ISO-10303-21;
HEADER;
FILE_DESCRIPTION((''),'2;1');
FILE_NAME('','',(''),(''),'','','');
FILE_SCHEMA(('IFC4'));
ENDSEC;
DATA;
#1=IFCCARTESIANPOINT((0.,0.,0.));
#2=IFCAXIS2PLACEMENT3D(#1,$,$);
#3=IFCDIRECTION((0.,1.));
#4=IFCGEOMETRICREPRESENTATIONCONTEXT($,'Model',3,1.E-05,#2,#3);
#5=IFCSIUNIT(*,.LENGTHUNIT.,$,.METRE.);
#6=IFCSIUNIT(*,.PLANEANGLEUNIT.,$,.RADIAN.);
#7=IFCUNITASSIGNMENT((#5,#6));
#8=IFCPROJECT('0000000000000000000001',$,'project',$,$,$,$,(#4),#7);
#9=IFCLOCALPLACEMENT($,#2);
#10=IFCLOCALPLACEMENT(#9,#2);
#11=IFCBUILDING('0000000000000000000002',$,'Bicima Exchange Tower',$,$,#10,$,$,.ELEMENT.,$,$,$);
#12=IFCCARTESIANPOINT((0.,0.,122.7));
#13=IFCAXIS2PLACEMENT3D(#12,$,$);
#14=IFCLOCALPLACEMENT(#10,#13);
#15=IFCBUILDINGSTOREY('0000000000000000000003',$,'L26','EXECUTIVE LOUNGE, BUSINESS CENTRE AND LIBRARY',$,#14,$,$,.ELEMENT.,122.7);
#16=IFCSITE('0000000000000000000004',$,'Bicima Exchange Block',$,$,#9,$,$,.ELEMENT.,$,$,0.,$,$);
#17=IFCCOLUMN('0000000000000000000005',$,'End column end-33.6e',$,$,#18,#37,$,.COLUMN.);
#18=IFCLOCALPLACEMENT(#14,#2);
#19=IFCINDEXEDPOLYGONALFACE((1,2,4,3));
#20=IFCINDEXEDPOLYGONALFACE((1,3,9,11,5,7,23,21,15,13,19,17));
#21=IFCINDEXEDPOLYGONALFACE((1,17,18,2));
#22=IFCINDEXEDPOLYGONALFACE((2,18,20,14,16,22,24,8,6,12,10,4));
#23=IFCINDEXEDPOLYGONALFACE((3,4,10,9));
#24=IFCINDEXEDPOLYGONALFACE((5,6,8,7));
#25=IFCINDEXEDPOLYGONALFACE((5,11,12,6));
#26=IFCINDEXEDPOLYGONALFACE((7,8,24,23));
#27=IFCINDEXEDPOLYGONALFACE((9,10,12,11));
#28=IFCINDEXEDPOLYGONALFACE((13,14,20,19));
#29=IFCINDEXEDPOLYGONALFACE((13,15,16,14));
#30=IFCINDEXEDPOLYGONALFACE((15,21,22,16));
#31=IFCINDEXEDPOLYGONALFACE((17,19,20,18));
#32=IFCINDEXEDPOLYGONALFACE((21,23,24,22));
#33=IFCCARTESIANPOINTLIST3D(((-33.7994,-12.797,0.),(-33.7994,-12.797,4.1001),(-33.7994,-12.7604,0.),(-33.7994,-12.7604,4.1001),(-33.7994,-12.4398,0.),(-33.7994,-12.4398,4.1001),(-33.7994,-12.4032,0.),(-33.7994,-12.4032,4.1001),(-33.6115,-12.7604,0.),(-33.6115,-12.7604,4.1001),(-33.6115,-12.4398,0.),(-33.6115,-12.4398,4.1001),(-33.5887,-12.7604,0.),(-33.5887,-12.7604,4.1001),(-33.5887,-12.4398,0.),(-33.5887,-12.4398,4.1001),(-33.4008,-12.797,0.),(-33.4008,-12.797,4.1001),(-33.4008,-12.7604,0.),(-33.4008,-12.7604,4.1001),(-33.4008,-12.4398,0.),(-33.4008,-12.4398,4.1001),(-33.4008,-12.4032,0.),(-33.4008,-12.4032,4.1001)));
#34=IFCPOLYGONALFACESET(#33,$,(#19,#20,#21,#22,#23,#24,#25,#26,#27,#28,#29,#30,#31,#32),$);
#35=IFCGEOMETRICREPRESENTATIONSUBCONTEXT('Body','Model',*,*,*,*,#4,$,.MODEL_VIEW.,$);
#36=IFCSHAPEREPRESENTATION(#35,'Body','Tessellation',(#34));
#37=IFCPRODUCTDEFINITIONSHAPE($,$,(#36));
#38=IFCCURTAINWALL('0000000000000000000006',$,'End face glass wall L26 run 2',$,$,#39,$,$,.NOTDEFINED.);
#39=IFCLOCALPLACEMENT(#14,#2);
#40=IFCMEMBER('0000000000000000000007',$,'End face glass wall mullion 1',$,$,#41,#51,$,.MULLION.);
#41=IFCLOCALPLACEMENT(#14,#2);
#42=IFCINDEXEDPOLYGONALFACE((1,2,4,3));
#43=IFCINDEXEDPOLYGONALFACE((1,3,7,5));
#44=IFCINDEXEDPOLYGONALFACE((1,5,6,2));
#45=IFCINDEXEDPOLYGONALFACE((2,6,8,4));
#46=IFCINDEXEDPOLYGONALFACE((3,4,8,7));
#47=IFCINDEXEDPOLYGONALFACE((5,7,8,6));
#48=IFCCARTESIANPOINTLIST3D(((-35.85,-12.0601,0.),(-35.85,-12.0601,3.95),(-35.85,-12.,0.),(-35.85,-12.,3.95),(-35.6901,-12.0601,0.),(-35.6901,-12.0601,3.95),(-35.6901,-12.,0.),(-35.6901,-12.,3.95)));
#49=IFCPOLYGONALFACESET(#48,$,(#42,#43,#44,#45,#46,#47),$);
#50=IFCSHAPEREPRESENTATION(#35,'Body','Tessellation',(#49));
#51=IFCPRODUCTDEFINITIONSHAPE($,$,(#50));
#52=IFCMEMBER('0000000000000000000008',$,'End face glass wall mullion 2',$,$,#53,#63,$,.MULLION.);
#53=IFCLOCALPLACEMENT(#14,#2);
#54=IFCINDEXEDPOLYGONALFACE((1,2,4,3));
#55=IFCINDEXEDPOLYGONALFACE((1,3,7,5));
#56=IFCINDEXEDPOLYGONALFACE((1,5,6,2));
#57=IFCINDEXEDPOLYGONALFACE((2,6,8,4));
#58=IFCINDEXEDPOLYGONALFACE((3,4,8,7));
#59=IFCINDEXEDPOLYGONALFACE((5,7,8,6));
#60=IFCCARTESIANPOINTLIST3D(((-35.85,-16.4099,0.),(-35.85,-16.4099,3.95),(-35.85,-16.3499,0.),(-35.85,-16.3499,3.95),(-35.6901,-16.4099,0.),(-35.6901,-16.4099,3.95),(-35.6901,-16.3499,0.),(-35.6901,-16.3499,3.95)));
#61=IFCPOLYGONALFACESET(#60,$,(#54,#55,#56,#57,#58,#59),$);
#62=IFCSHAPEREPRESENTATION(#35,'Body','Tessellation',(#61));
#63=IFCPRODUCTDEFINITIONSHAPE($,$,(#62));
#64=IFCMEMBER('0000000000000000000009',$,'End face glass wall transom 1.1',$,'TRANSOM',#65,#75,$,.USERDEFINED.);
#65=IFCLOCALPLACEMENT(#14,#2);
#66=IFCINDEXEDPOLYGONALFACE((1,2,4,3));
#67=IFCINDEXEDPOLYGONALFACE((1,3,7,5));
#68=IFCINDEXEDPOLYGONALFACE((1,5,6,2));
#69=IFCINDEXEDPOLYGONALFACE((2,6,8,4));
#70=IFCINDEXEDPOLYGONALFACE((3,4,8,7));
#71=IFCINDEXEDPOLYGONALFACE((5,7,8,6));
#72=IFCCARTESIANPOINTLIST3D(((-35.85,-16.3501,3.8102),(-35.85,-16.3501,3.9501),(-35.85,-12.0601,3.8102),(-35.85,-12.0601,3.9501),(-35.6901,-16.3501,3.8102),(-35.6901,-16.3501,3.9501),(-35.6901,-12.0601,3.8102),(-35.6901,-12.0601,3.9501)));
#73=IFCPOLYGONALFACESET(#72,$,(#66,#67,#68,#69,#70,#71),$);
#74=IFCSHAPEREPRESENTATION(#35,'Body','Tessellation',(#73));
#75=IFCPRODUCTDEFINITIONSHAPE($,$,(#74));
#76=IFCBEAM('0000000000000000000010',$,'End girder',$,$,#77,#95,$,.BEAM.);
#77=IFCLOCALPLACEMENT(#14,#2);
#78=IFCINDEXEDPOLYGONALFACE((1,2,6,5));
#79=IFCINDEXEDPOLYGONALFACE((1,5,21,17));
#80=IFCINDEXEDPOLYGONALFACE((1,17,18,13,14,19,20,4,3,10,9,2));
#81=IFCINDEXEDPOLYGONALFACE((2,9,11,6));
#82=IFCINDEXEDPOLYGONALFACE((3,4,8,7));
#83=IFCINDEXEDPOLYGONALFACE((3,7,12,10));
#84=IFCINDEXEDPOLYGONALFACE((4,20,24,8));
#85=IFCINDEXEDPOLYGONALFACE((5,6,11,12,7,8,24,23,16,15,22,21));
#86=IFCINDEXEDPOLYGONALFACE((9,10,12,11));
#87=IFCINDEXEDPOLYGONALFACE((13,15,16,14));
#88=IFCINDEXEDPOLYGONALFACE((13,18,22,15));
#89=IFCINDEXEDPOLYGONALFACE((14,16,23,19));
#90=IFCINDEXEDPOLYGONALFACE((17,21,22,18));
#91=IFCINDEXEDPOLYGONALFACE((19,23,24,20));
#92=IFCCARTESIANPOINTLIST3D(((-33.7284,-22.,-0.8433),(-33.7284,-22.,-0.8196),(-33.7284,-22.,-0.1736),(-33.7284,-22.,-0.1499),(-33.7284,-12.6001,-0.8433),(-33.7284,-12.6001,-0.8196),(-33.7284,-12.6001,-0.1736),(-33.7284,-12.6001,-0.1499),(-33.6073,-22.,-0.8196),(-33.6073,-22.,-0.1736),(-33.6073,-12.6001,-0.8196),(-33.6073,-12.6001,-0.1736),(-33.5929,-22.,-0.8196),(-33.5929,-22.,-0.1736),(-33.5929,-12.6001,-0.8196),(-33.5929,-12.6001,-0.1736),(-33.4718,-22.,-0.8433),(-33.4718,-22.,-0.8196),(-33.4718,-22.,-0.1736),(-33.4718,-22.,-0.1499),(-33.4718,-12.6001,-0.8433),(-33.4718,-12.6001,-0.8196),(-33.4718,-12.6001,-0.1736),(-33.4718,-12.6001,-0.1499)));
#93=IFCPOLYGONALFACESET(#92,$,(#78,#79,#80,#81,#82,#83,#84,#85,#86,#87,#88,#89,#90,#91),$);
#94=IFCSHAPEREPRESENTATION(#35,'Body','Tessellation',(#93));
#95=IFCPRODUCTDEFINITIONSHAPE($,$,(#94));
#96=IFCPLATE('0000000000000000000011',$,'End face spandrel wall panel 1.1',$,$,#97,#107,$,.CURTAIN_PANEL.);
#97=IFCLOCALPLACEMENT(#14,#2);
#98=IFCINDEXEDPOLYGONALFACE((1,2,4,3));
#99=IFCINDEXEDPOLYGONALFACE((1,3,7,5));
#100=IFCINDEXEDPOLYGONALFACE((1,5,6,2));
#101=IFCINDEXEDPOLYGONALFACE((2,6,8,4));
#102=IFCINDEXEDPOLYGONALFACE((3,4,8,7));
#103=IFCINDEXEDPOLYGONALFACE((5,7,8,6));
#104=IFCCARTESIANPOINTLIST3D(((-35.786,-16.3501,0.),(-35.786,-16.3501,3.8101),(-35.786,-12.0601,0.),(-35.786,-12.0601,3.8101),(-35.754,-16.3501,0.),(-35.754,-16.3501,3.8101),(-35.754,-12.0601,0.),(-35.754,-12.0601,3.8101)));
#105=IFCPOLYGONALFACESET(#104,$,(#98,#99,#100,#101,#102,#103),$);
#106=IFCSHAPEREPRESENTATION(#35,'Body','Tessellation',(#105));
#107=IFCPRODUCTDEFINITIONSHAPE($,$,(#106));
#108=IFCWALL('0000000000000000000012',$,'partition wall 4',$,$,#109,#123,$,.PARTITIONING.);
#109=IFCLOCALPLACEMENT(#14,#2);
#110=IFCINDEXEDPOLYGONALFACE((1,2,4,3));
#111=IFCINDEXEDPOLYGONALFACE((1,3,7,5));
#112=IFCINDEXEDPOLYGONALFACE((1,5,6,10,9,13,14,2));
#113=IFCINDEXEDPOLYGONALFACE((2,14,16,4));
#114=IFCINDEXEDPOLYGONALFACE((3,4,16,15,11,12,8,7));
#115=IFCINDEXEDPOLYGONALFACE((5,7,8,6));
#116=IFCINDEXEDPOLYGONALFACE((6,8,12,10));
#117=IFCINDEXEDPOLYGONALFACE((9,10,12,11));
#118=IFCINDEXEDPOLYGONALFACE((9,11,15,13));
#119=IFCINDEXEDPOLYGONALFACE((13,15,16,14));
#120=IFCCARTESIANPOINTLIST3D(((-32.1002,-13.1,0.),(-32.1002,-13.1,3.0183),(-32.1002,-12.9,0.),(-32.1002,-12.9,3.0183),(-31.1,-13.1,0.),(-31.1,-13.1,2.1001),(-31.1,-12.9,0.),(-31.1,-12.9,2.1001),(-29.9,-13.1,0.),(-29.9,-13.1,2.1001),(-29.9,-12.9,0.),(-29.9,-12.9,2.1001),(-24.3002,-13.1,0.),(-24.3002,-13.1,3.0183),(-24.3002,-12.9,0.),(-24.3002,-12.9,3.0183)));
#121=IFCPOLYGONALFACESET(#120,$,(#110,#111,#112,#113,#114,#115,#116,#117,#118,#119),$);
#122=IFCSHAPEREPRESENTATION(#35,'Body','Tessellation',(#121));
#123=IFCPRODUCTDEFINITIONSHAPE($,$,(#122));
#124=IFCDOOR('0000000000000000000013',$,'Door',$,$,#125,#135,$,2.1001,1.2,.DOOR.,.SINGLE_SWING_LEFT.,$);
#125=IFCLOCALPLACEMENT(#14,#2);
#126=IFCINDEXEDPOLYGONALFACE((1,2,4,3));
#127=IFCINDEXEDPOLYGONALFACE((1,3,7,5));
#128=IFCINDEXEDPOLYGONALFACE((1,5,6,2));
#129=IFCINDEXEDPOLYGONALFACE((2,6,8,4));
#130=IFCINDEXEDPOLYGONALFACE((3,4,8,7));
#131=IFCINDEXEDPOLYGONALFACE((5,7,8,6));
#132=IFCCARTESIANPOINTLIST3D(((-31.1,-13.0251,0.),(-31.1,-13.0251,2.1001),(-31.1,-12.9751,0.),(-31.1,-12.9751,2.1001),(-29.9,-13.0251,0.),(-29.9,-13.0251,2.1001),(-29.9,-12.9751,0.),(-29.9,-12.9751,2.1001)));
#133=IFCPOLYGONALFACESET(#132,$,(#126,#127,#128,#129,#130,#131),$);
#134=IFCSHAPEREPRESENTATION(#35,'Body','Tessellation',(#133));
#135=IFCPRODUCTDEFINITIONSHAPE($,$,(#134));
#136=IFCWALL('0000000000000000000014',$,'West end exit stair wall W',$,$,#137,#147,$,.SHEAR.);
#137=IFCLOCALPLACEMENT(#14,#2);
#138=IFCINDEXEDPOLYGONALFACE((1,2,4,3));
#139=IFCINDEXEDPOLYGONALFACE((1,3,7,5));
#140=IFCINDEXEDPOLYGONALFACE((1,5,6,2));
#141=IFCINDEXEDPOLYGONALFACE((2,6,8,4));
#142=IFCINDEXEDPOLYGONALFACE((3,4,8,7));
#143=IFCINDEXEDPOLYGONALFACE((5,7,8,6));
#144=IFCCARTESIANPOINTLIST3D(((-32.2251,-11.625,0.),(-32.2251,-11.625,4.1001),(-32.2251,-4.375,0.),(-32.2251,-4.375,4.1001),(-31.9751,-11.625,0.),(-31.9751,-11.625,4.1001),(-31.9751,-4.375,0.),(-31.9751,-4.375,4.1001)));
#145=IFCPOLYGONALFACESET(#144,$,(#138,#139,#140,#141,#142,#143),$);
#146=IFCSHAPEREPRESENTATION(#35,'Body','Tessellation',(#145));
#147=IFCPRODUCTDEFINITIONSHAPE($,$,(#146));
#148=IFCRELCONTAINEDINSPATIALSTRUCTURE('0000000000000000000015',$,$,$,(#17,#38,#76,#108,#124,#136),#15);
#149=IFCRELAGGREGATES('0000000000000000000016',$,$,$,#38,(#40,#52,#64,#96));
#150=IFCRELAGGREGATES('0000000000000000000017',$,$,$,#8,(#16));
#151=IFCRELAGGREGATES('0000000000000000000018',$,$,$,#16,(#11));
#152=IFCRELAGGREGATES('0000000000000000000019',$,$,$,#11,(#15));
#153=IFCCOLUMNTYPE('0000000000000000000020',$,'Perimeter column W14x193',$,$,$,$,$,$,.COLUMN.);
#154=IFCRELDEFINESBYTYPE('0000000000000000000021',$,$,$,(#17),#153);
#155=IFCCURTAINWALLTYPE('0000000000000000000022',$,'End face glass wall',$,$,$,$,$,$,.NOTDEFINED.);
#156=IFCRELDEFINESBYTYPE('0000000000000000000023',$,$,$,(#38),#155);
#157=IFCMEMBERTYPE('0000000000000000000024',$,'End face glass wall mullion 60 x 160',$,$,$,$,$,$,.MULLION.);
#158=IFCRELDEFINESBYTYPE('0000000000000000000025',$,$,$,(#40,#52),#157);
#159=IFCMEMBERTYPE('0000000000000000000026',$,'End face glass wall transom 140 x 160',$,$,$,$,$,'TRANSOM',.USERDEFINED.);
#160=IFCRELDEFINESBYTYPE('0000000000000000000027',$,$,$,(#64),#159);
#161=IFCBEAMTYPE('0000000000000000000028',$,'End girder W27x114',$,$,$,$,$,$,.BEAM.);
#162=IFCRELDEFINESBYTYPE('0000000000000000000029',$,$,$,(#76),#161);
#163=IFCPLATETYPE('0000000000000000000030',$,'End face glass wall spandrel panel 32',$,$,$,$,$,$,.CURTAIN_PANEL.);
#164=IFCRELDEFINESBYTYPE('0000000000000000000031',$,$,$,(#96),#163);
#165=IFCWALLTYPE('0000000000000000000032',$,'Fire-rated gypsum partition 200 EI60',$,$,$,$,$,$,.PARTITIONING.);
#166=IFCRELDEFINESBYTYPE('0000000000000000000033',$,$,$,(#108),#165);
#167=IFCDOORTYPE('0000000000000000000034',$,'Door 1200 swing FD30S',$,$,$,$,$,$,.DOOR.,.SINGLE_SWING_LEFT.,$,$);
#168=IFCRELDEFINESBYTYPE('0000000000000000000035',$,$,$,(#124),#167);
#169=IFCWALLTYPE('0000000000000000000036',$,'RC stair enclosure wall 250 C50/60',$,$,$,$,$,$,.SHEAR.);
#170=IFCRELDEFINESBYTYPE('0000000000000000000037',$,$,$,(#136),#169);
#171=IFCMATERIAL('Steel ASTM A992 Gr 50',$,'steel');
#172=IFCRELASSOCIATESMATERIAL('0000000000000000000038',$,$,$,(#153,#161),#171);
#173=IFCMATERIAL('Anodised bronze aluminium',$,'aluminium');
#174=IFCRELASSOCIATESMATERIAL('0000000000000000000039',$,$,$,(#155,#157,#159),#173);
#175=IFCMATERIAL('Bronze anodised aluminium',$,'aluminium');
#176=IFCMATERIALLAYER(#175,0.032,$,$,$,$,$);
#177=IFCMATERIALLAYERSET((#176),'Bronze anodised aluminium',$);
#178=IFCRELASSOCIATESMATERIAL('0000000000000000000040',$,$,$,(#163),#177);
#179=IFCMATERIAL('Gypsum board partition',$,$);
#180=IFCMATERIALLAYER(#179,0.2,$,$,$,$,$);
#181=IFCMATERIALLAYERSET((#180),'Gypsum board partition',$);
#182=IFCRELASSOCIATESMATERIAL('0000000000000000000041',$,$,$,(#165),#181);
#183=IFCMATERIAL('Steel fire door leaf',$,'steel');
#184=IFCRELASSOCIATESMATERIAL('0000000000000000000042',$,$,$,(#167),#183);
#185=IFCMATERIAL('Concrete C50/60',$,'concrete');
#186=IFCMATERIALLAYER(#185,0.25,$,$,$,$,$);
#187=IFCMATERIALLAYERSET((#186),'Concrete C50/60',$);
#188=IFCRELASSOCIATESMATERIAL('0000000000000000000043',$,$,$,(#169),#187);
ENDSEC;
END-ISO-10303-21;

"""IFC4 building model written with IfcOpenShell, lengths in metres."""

from ifc_helpers import new_model, si_unit, direction, frame, frame_2d, origin, origin_2d, place, context, subcontext, project, spatial, rectangle, i_section, extrude, material, layer, layer_set, material_profile, profile_set, type_object, element, fill, aggregate, save


model = new_model("IFC4")

# Units and contexts
model_context = context("Model", 3, precision=1e-05, world=origin(), true_north=direction((0.0, 1.0)))
body_context = subcontext(model_context, "Body", "Model", "MODEL_VIEW")
ifc_project = project(units=[si_unit("LENGTHUNIT", "METRE"), si_unit("PLANEANGLEUNIT", "RADIAN")], contexts=[model_context])

# Site, building, storey
site_placement = place(None, origin())
site = spatial("IfcSite", under=ifc_project, at=site_placement, Name="Bicima Exchange Block", CompositionType="ELEMENT", RefElevation=0.0)
building_placement = place(site_placement, origin())
building = spatial("IfcBuilding", under=site, at=building_placement, Name="Bicima Exchange Tower", CompositionType="ELEMENT")
storey_placement = place(building_placement, frame((0.0, 0.0, 122.7)))
storey = spatial("IfcBuildingStorey", under=building, at=storey_placement, Name="L26", Description="EXECUTIVE LOUNGE, BUSINESS CENTRE AND LIBRARY", CompositionType="ELEMENT", Elevation=122.7)

# Column
ifc_material_1 = material(Name="Steel ASTM A992 Gr 50", Category="steel")
ifc_material_profile_1 = material_profile(ifc_material_1, i_section(OverallWidth=0.3987, OverallDepth=0.3938, WebThickness=0.0227, FlangeThickness=0.0366, at=origin_2d()))
ifc_profile_set_1 = profile_set([ifc_material_profile_1], Name="Steel ASTM A992 Gr 50")
column_type = type_object("IfcColumnType", Name="Perimeter column W14x193", PredefinedType="COLUMN", material=ifc_profile_set_1)
column_placement = place(storey_placement, frame((-33.6001, -12.6001, 0.0), z_axis=(0.0, 0.0, 1.0), x_axis=(1.0, 0.0, 0.0)))
element("IfcColumn", 1, at=column_placement, inside=storey, type_object=column_type, Name="End column end-33.6e", PredefinedType="COLUMN", context=body_context, shape_type="SweptSolid", body=[
    extrude(i_section(OverallWidth=0.3987, OverallDepth=0.3938, WebThickness=0.0227, FlangeThickness=0.0366, at=origin_2d()), origin(), (0.0, 0.0, 1.0), 4.1001),
])

# Curtain wall, members
ifc_material_2 = material(Name="Anodised bronze aluminium", Category="aluminium")
curtain_wall_type = type_object("IfcCurtainWallType", Name="End face glass wall", PredefinedType="NOTDEFINED", material=ifc_material_2)
curtain_wall_placement = place(storey_placement, origin())
curtain_wall = element("IfcCurtainWall", 2, at=curtain_wall_placement, inside=storey, type_object=curtain_wall_type, Name="End face glass wall L26 run 2", PredefinedType="NOTDEFINED")
ifc_material_profile_2 = material_profile(ifc_material_2, rectangle(XDim=0.1599, YDim=0.0601, at=origin_2d()))
ifc_profile_set_2 = profile_set([ifc_material_profile_2], Name="Anodised bronze aluminium")
member_type_1 = type_object("IfcMemberType", Name="End face glass wall mullion 60 x 160", PredefinedType="MULLION", material=ifc_profile_set_2)
member_1_placement = place(storey_placement, frame((-35.77, -12.03, 0.0), z_axis=(0.0, 0.0, 1.0), x_axis=(1.0, 0.0, 0.0)))
member_1 = element("IfcMember", 3, at=member_1_placement, type_object=member_type_1, Name="End face glass wall mullion 1", PredefinedType="MULLION", context=body_context, shape_type="SweptSolid", body=[
    extrude(rectangle(XDim=0.1599, YDim=0.0601, at=origin_2d()), origin(), (0.0, 0.0, 1.0), 3.95),
])
member_2_placement = place(storey_placement, frame((-35.77, -16.3799, 0.0), z_axis=(0.0, 0.0, 1.0), x_axis=(1.0, 0.0, 0.0)))
member_2 = element("IfcMember", 4, at=member_2_placement, type_object=member_type_1, Name="End face glass wall mullion 2", PredefinedType="MULLION", context=body_context, shape_type="SweptSolid", body=[
    extrude(rectangle(XDim=0.1599, YDim=0.0601, at=origin_2d()), origin(), (0.0, 0.0, 1.0), 3.95),
])
ifc_material_profile_3 = material_profile(ifc_material_2, rectangle(XDim=0.1599, YDim=0.1399, at=origin_2d()))
ifc_profile_set_3 = profile_set([ifc_material_profile_3], Name="Anodised bronze aluminium")
member_type_2 = type_object("IfcMemberType", Name="End face glass wall transom 140 x 160", ElementType="TRANSOM", PredefinedType="USERDEFINED", material=ifc_profile_set_3)
member_3_placement = place(storey_placement, frame((-35.77, -12.0601, 3.8801), z_axis=(0.0, -1.0, 0.0), x_axis=(1.0, 0.0, 0.0)))
member_3 = element("IfcMember", 5, at=member_3_placement, type_object=member_type_2, Name="End face glass wall transom 1.1", ObjectType="TRANSOM", PredefinedType="USERDEFINED", context=body_context, shape_type="SweptSolid", body=[
    extrude(rectangle(XDim=0.1599, YDim=0.1399, at=origin_2d()), origin(), (0.0, 0.0, 1.0), 4.29),
])

# Beam
ifc_material_profile_4 = material_profile(ifc_material_1, i_section(OverallWidth=0.2566, OverallDepth=0.6934, WebThickness=0.0144, FlangeThickness=0.0237, at=origin_2d()))
ifc_profile_set_4 = profile_set([ifc_material_profile_4], Name="Steel ASTM A992 Gr 50")
beam_type = type_object("IfcBeamType", Name="End girder W27x114", PredefinedType="BEAM", material=ifc_profile_set_4)
beam_placement = place(storey_placement, frame((-33.6001, -12.6001, -0.4966), z_axis=(0.0, -1.0, 0.0), x_axis=(1.0, 0.0, 0.0)))
element("IfcBeam", 6, at=beam_placement, inside=storey, type_object=beam_type, Name="End girder", PredefinedType="BEAM", context=body_context, shape_type="SweptSolid", body=[
    extrude(i_section(OverallWidth=0.2566, OverallDepth=0.6934, WebThickness=0.0144, FlangeThickness=0.0237, at=origin_2d()), origin(), (0.0, 0.0, 1.0), 9.3999),
])

# Plate
ifc_material_3 = material(Name="Bronze anodised aluminium", Category="aluminium")
ifc_layer_1 = layer(ifc_material_3, 0.032)
ifc_layer_set_1 = layer_set([ifc_layer_1], Name="Bronze anodised aluminium")
plate_type = type_object("IfcPlateType", Name="End face glass wall spandrel panel 32", PredefinedType="CURTAIN_PANEL", material=ifc_layer_set_1)
plate_placement = place(storey_placement, frame((-35.77, -14.2051, 0.0), z_axis=(0.0, 0.0, 1.0), x_axis=(0.0, -1.0, 0.0)))
plate = element("IfcPlate", 7, at=plate_placement, type_object=plate_type, Name="End face spandrel wall panel 1.1", PredefinedType="CURTAIN_PANEL", context=body_context, shape_type="SweptSolid", body=[
    extrude(rectangle(XDim=4.29, YDim=0.032, at=origin_2d()), origin(), (0.0, 0.0, 1.0), 3.8101),
])
aggregate(curtain_wall, [member_1, member_2, member_3, plate])

# Shared definitions
ifc_material_4 = material(Name="Gypsum board partition")
ifc_layer_2 = layer(ifc_material_4, 0.2)
ifc_layer_set_2 = layer_set([ifc_layer_2], Name="Gypsum board partition")
wall_type_1 = type_object("IfcWallType", Name="Fire-rated gypsum partition 200 EI60", PredefinedType="PARTITIONING", material=ifc_layer_set_2)
ifc_material_5 = material(Name="Steel fire door leaf", Category="steel")

# Wall, opening, door
wall_1_placement = place(storey_placement, frame((-32.1001, -13.0, 0.0), z_axis=(0.0, 0.0, 1.0), x_axis=(1.0, 0.0, 0.0)))
wall_1 = element("IfcWall", 8, at=wall_1_placement, inside=storey, type_object=wall_type_1, Name="partition wall 4", PredefinedType="PARTITIONING", context=body_context, shape_type="SweptSolid", body=[
    extrude(rectangle(XDim=7.8, YDim=0.2, at=frame_2d((3.8999, 0.0))), origin(), (0.0, 0.0, 1.0), 3.0183),
])
opening_1_placement = place(wall_1_placement, frame((1.0, 0.0, 0.0)))
opening_1 = element("IfcOpeningElement", 9, at=opening_1_placement, cuts=wall_1, PredefinedType="OPENING", context=body_context, shape_type="SweptSolid", body=[
    extrude(rectangle(XDim=1.2, YDim=2.1001, at=frame_2d((0.6001, 1.05))), frame((0.0, 0.1118, 0.0), z_axis=(0.0, -1.0, 0.0), x_axis=(1.0, 0.0, 0.0)), (0.0, 0.0, 1.0), 0.2239),
])
door_type_1 = type_object("IfcDoorType", Name="Door 1200 swing FD30S", OperationType="SINGLE_SWING_LEFT", PredefinedType="DOOR", material=ifc_material_5)
door_1_placement = place(opening_1_placement, origin())
door_1 = element("IfcDoor", 10, at=door_1_placement, inside=storey, type_object=door_type_1, Name="Door", OperationType="SINGLE_SWING_LEFT", OverallHeight=2.1001, OverallWidth=1.2, PredefinedType="DOOR", context=body_context, shape_type="SweptSolid", body=[
    extrude(rectangle(XDim=1.2, YDim=2.1001, at=frame_2d((0.6001, 1.05))), frame((0.0, 0.0249, 0.0), z_axis=(0.0, -1.0, 0.0), x_axis=(1.0, 0.0, 0.0)), (0.0, 0.0, 1.0), 0.05),
])
fill(opening_1, door_1)

# Wall
ifc_material_6 = material(Name="Concrete C50/60", Category="concrete")
ifc_layer_3 = layer(ifc_material_6, 0.25)
ifc_layer_set_3 = layer_set([ifc_layer_3], Name="Concrete C50/60")
wall_type_2 = type_object("IfcWallType", Name="RC stair enclosure wall 250 C50/60", PredefinedType="SHEAR", material=ifc_layer_set_3)
wall_2_placement = place(storey_placement, frame((-32.1001, -11.625, 0.0), z_axis=(0.0, 0.0, 1.0), x_axis=(0.0, 1.0, 0.0)))
element("IfcWall", 11, at=wall_2_placement, inside=storey, type_object=wall_type_2, Name="West end exit stair wall W", PredefinedType="SHEAR", context=body_context, shape_type="SweptSolid", body=[
    extrude(rectangle(XDim=7.25, YDim=0.25, at=frame_2d((3.625, 0.0))), origin(), (0.0, 0.0, 1.0), 4.1001),
])

save(model, "model.ifc")
